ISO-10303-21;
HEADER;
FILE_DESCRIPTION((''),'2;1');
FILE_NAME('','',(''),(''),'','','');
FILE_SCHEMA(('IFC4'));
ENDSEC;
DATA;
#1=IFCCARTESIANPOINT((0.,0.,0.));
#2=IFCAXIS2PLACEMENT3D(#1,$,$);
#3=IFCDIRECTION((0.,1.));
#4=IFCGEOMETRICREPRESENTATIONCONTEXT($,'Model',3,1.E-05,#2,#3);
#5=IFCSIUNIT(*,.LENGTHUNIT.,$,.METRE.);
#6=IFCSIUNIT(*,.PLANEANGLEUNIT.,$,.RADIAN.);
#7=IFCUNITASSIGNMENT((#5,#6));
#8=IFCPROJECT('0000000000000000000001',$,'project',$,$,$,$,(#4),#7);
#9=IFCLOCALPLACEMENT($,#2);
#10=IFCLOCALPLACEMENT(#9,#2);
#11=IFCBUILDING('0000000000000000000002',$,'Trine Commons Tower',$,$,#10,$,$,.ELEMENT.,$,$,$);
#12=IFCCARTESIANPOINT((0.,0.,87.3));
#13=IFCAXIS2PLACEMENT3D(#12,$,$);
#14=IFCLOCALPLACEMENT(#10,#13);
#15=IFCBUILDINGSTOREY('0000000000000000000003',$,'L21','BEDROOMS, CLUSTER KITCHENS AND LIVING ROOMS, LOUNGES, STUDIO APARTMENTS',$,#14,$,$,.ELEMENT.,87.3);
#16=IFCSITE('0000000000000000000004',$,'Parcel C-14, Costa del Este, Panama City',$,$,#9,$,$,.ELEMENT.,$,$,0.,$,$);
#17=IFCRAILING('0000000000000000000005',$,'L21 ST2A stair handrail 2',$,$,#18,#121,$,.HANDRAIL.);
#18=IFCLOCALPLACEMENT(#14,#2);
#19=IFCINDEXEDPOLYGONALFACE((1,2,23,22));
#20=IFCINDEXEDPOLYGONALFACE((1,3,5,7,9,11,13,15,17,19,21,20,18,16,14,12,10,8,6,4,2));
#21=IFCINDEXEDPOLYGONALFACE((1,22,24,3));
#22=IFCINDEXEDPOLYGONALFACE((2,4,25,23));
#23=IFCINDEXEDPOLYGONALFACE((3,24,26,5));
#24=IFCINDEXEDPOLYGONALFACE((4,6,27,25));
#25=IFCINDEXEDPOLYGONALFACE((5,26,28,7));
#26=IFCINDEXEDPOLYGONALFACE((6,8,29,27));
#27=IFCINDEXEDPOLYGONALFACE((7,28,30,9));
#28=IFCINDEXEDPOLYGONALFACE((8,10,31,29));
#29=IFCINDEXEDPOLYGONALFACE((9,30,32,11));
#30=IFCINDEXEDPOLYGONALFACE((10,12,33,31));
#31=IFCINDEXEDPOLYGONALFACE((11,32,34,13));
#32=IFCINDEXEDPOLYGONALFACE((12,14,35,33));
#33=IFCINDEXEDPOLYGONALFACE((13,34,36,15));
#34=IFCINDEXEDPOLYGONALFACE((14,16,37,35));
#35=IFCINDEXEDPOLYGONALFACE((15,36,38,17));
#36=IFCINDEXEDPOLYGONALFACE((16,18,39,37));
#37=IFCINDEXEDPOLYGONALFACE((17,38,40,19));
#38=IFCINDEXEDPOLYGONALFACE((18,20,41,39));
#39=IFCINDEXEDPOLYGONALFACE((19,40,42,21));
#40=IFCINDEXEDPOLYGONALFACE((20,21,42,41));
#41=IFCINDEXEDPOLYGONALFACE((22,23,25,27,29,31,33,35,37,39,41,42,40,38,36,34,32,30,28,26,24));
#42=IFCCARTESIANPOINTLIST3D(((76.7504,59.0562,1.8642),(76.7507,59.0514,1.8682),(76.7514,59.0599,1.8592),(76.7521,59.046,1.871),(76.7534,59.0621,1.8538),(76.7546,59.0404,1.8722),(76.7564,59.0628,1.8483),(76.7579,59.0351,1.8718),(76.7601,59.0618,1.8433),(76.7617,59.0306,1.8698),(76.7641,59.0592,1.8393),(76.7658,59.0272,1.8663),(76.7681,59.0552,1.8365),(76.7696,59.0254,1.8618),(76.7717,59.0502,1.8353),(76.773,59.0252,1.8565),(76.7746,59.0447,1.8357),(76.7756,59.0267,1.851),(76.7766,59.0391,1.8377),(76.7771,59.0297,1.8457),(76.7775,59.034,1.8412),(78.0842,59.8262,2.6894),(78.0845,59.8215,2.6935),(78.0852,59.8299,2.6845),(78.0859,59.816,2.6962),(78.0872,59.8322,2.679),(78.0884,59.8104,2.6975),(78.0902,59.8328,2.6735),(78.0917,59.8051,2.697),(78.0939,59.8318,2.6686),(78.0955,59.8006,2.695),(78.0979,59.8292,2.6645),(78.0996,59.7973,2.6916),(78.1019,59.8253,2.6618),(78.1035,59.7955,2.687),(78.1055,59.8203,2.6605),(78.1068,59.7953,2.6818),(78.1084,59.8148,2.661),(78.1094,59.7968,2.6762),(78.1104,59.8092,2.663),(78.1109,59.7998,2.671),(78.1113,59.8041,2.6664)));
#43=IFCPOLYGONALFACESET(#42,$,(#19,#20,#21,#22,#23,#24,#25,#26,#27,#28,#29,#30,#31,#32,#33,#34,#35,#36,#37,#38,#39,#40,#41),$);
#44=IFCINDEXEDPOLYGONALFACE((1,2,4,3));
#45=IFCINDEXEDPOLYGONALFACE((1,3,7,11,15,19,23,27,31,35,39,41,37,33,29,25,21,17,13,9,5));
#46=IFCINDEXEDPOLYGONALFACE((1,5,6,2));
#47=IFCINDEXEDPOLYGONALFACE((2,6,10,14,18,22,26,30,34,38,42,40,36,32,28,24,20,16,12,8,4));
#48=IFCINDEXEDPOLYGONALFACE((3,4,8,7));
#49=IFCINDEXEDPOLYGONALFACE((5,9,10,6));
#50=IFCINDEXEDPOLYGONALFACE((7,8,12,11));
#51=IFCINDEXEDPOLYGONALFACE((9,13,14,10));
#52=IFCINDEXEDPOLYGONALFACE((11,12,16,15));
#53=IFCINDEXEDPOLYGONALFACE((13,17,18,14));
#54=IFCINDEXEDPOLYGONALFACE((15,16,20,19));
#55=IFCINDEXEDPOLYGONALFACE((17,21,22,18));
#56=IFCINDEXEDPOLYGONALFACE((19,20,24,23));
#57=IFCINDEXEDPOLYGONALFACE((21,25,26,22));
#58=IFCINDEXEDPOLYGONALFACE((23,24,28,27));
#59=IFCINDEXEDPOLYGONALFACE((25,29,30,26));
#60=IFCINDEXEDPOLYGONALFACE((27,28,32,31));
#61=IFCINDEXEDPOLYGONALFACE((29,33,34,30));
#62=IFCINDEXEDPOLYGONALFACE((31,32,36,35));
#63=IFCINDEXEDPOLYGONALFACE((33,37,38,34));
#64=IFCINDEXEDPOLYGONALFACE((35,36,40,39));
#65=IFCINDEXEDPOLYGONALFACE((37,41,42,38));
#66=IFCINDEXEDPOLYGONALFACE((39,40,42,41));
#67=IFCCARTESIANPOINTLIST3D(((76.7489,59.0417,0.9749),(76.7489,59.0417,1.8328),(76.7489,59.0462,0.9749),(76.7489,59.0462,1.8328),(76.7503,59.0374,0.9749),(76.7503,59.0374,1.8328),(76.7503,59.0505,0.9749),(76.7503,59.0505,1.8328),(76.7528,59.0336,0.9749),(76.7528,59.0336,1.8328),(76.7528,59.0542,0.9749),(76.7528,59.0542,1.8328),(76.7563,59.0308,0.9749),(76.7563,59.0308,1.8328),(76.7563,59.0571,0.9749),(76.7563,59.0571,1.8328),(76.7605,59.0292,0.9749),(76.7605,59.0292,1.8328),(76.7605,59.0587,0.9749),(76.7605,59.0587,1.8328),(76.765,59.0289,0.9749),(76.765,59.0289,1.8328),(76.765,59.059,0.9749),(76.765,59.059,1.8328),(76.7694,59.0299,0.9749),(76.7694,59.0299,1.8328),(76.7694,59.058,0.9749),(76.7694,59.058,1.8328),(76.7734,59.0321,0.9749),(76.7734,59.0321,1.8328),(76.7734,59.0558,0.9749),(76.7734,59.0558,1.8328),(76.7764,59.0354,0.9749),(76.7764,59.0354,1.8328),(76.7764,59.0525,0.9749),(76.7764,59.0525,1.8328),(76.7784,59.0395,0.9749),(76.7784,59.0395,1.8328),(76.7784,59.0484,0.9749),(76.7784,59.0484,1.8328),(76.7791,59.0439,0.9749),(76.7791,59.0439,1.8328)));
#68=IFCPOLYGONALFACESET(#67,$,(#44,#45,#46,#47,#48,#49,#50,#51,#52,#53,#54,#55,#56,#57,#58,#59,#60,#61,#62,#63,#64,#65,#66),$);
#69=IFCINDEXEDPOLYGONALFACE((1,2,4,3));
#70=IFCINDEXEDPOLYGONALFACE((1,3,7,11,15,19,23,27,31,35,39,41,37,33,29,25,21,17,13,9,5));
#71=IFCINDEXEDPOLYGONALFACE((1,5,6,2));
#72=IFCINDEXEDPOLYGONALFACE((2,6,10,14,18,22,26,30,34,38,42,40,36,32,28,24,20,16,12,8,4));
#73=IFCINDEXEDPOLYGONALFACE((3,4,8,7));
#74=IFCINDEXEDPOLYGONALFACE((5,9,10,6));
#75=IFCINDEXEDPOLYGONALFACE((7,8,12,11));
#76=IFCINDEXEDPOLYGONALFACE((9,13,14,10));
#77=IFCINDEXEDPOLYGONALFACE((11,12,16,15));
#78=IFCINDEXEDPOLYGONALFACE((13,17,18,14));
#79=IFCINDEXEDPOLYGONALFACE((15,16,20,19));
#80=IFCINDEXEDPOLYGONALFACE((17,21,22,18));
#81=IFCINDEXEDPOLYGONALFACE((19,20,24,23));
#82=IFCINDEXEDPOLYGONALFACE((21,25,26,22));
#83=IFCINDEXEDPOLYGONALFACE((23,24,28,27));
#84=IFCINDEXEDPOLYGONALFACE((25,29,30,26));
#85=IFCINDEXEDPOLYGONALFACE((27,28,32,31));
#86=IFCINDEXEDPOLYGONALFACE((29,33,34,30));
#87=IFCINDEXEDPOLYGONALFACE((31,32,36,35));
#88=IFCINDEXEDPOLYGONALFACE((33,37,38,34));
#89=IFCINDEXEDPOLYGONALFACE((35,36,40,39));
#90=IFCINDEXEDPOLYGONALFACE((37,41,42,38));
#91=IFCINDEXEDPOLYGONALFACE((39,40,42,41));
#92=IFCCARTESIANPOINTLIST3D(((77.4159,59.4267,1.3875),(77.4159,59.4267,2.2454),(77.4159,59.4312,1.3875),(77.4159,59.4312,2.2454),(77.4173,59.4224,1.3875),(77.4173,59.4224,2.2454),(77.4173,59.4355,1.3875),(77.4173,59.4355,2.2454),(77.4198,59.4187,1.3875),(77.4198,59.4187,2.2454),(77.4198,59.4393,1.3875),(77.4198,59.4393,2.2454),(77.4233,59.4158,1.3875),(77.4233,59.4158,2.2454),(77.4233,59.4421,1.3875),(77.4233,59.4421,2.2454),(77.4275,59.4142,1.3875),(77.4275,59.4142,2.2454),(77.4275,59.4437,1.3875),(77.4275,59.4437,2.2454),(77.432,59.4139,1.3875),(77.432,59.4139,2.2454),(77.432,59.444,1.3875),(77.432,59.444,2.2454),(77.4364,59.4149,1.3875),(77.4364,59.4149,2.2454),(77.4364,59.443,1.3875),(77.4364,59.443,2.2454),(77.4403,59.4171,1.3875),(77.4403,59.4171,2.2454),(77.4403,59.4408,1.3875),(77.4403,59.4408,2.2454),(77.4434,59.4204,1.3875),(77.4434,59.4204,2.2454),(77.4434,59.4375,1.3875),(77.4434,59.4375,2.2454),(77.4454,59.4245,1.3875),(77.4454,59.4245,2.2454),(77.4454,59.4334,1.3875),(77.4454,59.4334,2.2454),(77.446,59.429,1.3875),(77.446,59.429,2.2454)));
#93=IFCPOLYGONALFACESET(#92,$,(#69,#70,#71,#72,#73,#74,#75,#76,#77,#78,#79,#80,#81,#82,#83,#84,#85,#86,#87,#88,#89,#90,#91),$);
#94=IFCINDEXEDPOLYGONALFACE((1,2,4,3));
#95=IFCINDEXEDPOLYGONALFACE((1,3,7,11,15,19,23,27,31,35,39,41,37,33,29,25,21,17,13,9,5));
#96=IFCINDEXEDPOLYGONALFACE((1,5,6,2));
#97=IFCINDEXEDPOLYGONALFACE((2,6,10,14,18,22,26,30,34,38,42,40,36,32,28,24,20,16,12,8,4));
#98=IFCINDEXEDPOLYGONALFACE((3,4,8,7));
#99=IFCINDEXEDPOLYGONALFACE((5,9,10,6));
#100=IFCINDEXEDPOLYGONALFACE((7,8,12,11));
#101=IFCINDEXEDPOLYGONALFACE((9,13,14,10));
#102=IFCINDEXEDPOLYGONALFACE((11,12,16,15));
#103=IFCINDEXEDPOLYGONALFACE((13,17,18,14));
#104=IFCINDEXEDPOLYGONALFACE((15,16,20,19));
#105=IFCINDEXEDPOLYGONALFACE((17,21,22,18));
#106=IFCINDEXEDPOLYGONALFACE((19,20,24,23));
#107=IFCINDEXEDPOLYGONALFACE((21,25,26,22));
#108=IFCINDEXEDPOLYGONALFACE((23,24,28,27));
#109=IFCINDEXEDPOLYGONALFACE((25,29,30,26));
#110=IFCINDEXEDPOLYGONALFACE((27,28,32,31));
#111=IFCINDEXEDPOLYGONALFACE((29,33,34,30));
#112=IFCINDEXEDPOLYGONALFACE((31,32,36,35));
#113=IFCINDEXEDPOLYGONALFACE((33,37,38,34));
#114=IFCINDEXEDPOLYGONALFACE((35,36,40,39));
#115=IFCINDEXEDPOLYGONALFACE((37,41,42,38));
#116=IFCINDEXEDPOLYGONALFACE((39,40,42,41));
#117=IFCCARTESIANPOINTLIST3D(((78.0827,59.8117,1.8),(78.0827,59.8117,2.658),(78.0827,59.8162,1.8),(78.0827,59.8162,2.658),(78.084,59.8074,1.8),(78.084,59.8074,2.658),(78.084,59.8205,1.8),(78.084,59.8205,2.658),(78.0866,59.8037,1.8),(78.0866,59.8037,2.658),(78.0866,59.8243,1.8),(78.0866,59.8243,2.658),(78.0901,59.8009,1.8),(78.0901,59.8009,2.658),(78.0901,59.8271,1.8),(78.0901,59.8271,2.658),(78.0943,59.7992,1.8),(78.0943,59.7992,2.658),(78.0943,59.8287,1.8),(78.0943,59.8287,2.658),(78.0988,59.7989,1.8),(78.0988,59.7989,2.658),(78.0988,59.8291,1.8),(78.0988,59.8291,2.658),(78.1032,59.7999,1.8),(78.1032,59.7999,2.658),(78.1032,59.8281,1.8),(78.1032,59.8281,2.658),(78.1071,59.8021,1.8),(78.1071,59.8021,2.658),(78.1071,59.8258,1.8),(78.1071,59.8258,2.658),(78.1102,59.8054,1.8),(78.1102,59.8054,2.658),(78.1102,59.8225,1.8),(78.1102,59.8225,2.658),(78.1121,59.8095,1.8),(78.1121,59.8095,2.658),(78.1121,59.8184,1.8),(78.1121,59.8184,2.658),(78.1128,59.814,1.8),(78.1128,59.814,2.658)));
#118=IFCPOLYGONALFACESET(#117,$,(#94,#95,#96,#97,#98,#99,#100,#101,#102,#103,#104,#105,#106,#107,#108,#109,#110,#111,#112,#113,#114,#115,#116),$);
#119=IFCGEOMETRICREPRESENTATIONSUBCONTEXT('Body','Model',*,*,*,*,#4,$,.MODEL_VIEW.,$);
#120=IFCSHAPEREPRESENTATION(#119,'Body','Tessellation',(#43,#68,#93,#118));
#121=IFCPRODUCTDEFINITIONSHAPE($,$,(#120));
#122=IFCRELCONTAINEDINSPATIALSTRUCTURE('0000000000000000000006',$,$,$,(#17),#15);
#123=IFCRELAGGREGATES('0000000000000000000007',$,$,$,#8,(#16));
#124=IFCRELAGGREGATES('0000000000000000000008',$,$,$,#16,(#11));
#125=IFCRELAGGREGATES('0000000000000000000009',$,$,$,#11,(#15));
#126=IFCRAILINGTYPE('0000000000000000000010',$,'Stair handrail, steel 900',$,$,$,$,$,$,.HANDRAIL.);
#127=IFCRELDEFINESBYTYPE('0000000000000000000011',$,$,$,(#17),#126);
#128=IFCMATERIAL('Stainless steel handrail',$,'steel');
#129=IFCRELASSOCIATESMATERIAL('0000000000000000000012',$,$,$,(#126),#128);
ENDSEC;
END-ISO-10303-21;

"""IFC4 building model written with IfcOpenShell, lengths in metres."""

from ifc_helpers import new_model, si_unit, direction, frame, origin, origin_2d, place, context, subcontext, project, spatial, circle, extrude, material, type_object, element, save


model = new_model("IFC4")

# Units and contexts
model_context = context("Model", 3, precision=1e-05, world=origin(), true_north=direction((0.0, 1.0)))
body_context = subcontext(model_context, "Body", "Model", "MODEL_VIEW")
ifc_project = project(units=[si_unit("LENGTHUNIT", "METRE"), si_unit("PLANEANGLEUNIT", "RADIAN")], contexts=[model_context])

# Site, building, storey
site_placement = place(None, origin())
site = spatial("IfcSite", under=ifc_project, at=site_placement, Name="Parcel C-14, Costa del Este, Panama City", CompositionType="ELEMENT", RefElevation=0.0)
building_placement = place(site_placement, origin())
building = spatial("IfcBuilding", under=site, at=building_placement, Name="Trine Commons Tower", CompositionType="ELEMENT")
storey_placement = place(building_placement, frame((0.0, 0.0, 87.3)))
storey = spatial("IfcBuildingStorey", under=building, at=storey_placement, Name="L21", Description="BEDROOMS, CLUSTER KITCHENS AND LIVING ROOMS, LOUNGES, STUDIO APARTMENTS", CompositionType="ELEMENT", Elevation=87.3)

# Railing
ifc_material_1 = material(Name="Stainless steel handrail", Category="steel")
railing_type_1 = type_object("IfcRailingType", Name="Stair handrail, steel 900", PredefinedType="HANDRAIL", material=ifc_material_1)
railing_1_placement = place(storey_placement, frame((76.7639, 59.0439, 0.9749)))
element("IfcRailing", 1, at=railing_1_placement, inside=storey, type_object=railing_type_1, Name="L21 ST2A stair handrail 2", PredefinedType="HANDRAIL", context=body_context, shape_type="SweptSolid", body=[
    extrude(circle(Radius=0.021, at=origin_2d()), frame((0.0, 0.0, 0.8789), z_axis=(0.763355, 0.440714, 0.472293), x_axis=(-0.499992, 0.86603, 0.0)), (0.0, 0.0, 1.0), 1.7473),
    extrude(circle(Radius=0.0151, at=origin_2d()), origin(), (0.0, 0.0, 1.0), 0.8579),
    extrude(circle(Radius=0.0151, at=origin_2d()), frame((0.667, 0.385, 0.4126)), (0.0, 0.0, 1.0), 0.8579),
    extrude(circle(Radius=0.0151, at=origin_2d()), frame((1.3337, 0.77, 0.8252)), (0.0, 0.0, 1.0), 0.8579),
])

save(model, "model.ifc")
